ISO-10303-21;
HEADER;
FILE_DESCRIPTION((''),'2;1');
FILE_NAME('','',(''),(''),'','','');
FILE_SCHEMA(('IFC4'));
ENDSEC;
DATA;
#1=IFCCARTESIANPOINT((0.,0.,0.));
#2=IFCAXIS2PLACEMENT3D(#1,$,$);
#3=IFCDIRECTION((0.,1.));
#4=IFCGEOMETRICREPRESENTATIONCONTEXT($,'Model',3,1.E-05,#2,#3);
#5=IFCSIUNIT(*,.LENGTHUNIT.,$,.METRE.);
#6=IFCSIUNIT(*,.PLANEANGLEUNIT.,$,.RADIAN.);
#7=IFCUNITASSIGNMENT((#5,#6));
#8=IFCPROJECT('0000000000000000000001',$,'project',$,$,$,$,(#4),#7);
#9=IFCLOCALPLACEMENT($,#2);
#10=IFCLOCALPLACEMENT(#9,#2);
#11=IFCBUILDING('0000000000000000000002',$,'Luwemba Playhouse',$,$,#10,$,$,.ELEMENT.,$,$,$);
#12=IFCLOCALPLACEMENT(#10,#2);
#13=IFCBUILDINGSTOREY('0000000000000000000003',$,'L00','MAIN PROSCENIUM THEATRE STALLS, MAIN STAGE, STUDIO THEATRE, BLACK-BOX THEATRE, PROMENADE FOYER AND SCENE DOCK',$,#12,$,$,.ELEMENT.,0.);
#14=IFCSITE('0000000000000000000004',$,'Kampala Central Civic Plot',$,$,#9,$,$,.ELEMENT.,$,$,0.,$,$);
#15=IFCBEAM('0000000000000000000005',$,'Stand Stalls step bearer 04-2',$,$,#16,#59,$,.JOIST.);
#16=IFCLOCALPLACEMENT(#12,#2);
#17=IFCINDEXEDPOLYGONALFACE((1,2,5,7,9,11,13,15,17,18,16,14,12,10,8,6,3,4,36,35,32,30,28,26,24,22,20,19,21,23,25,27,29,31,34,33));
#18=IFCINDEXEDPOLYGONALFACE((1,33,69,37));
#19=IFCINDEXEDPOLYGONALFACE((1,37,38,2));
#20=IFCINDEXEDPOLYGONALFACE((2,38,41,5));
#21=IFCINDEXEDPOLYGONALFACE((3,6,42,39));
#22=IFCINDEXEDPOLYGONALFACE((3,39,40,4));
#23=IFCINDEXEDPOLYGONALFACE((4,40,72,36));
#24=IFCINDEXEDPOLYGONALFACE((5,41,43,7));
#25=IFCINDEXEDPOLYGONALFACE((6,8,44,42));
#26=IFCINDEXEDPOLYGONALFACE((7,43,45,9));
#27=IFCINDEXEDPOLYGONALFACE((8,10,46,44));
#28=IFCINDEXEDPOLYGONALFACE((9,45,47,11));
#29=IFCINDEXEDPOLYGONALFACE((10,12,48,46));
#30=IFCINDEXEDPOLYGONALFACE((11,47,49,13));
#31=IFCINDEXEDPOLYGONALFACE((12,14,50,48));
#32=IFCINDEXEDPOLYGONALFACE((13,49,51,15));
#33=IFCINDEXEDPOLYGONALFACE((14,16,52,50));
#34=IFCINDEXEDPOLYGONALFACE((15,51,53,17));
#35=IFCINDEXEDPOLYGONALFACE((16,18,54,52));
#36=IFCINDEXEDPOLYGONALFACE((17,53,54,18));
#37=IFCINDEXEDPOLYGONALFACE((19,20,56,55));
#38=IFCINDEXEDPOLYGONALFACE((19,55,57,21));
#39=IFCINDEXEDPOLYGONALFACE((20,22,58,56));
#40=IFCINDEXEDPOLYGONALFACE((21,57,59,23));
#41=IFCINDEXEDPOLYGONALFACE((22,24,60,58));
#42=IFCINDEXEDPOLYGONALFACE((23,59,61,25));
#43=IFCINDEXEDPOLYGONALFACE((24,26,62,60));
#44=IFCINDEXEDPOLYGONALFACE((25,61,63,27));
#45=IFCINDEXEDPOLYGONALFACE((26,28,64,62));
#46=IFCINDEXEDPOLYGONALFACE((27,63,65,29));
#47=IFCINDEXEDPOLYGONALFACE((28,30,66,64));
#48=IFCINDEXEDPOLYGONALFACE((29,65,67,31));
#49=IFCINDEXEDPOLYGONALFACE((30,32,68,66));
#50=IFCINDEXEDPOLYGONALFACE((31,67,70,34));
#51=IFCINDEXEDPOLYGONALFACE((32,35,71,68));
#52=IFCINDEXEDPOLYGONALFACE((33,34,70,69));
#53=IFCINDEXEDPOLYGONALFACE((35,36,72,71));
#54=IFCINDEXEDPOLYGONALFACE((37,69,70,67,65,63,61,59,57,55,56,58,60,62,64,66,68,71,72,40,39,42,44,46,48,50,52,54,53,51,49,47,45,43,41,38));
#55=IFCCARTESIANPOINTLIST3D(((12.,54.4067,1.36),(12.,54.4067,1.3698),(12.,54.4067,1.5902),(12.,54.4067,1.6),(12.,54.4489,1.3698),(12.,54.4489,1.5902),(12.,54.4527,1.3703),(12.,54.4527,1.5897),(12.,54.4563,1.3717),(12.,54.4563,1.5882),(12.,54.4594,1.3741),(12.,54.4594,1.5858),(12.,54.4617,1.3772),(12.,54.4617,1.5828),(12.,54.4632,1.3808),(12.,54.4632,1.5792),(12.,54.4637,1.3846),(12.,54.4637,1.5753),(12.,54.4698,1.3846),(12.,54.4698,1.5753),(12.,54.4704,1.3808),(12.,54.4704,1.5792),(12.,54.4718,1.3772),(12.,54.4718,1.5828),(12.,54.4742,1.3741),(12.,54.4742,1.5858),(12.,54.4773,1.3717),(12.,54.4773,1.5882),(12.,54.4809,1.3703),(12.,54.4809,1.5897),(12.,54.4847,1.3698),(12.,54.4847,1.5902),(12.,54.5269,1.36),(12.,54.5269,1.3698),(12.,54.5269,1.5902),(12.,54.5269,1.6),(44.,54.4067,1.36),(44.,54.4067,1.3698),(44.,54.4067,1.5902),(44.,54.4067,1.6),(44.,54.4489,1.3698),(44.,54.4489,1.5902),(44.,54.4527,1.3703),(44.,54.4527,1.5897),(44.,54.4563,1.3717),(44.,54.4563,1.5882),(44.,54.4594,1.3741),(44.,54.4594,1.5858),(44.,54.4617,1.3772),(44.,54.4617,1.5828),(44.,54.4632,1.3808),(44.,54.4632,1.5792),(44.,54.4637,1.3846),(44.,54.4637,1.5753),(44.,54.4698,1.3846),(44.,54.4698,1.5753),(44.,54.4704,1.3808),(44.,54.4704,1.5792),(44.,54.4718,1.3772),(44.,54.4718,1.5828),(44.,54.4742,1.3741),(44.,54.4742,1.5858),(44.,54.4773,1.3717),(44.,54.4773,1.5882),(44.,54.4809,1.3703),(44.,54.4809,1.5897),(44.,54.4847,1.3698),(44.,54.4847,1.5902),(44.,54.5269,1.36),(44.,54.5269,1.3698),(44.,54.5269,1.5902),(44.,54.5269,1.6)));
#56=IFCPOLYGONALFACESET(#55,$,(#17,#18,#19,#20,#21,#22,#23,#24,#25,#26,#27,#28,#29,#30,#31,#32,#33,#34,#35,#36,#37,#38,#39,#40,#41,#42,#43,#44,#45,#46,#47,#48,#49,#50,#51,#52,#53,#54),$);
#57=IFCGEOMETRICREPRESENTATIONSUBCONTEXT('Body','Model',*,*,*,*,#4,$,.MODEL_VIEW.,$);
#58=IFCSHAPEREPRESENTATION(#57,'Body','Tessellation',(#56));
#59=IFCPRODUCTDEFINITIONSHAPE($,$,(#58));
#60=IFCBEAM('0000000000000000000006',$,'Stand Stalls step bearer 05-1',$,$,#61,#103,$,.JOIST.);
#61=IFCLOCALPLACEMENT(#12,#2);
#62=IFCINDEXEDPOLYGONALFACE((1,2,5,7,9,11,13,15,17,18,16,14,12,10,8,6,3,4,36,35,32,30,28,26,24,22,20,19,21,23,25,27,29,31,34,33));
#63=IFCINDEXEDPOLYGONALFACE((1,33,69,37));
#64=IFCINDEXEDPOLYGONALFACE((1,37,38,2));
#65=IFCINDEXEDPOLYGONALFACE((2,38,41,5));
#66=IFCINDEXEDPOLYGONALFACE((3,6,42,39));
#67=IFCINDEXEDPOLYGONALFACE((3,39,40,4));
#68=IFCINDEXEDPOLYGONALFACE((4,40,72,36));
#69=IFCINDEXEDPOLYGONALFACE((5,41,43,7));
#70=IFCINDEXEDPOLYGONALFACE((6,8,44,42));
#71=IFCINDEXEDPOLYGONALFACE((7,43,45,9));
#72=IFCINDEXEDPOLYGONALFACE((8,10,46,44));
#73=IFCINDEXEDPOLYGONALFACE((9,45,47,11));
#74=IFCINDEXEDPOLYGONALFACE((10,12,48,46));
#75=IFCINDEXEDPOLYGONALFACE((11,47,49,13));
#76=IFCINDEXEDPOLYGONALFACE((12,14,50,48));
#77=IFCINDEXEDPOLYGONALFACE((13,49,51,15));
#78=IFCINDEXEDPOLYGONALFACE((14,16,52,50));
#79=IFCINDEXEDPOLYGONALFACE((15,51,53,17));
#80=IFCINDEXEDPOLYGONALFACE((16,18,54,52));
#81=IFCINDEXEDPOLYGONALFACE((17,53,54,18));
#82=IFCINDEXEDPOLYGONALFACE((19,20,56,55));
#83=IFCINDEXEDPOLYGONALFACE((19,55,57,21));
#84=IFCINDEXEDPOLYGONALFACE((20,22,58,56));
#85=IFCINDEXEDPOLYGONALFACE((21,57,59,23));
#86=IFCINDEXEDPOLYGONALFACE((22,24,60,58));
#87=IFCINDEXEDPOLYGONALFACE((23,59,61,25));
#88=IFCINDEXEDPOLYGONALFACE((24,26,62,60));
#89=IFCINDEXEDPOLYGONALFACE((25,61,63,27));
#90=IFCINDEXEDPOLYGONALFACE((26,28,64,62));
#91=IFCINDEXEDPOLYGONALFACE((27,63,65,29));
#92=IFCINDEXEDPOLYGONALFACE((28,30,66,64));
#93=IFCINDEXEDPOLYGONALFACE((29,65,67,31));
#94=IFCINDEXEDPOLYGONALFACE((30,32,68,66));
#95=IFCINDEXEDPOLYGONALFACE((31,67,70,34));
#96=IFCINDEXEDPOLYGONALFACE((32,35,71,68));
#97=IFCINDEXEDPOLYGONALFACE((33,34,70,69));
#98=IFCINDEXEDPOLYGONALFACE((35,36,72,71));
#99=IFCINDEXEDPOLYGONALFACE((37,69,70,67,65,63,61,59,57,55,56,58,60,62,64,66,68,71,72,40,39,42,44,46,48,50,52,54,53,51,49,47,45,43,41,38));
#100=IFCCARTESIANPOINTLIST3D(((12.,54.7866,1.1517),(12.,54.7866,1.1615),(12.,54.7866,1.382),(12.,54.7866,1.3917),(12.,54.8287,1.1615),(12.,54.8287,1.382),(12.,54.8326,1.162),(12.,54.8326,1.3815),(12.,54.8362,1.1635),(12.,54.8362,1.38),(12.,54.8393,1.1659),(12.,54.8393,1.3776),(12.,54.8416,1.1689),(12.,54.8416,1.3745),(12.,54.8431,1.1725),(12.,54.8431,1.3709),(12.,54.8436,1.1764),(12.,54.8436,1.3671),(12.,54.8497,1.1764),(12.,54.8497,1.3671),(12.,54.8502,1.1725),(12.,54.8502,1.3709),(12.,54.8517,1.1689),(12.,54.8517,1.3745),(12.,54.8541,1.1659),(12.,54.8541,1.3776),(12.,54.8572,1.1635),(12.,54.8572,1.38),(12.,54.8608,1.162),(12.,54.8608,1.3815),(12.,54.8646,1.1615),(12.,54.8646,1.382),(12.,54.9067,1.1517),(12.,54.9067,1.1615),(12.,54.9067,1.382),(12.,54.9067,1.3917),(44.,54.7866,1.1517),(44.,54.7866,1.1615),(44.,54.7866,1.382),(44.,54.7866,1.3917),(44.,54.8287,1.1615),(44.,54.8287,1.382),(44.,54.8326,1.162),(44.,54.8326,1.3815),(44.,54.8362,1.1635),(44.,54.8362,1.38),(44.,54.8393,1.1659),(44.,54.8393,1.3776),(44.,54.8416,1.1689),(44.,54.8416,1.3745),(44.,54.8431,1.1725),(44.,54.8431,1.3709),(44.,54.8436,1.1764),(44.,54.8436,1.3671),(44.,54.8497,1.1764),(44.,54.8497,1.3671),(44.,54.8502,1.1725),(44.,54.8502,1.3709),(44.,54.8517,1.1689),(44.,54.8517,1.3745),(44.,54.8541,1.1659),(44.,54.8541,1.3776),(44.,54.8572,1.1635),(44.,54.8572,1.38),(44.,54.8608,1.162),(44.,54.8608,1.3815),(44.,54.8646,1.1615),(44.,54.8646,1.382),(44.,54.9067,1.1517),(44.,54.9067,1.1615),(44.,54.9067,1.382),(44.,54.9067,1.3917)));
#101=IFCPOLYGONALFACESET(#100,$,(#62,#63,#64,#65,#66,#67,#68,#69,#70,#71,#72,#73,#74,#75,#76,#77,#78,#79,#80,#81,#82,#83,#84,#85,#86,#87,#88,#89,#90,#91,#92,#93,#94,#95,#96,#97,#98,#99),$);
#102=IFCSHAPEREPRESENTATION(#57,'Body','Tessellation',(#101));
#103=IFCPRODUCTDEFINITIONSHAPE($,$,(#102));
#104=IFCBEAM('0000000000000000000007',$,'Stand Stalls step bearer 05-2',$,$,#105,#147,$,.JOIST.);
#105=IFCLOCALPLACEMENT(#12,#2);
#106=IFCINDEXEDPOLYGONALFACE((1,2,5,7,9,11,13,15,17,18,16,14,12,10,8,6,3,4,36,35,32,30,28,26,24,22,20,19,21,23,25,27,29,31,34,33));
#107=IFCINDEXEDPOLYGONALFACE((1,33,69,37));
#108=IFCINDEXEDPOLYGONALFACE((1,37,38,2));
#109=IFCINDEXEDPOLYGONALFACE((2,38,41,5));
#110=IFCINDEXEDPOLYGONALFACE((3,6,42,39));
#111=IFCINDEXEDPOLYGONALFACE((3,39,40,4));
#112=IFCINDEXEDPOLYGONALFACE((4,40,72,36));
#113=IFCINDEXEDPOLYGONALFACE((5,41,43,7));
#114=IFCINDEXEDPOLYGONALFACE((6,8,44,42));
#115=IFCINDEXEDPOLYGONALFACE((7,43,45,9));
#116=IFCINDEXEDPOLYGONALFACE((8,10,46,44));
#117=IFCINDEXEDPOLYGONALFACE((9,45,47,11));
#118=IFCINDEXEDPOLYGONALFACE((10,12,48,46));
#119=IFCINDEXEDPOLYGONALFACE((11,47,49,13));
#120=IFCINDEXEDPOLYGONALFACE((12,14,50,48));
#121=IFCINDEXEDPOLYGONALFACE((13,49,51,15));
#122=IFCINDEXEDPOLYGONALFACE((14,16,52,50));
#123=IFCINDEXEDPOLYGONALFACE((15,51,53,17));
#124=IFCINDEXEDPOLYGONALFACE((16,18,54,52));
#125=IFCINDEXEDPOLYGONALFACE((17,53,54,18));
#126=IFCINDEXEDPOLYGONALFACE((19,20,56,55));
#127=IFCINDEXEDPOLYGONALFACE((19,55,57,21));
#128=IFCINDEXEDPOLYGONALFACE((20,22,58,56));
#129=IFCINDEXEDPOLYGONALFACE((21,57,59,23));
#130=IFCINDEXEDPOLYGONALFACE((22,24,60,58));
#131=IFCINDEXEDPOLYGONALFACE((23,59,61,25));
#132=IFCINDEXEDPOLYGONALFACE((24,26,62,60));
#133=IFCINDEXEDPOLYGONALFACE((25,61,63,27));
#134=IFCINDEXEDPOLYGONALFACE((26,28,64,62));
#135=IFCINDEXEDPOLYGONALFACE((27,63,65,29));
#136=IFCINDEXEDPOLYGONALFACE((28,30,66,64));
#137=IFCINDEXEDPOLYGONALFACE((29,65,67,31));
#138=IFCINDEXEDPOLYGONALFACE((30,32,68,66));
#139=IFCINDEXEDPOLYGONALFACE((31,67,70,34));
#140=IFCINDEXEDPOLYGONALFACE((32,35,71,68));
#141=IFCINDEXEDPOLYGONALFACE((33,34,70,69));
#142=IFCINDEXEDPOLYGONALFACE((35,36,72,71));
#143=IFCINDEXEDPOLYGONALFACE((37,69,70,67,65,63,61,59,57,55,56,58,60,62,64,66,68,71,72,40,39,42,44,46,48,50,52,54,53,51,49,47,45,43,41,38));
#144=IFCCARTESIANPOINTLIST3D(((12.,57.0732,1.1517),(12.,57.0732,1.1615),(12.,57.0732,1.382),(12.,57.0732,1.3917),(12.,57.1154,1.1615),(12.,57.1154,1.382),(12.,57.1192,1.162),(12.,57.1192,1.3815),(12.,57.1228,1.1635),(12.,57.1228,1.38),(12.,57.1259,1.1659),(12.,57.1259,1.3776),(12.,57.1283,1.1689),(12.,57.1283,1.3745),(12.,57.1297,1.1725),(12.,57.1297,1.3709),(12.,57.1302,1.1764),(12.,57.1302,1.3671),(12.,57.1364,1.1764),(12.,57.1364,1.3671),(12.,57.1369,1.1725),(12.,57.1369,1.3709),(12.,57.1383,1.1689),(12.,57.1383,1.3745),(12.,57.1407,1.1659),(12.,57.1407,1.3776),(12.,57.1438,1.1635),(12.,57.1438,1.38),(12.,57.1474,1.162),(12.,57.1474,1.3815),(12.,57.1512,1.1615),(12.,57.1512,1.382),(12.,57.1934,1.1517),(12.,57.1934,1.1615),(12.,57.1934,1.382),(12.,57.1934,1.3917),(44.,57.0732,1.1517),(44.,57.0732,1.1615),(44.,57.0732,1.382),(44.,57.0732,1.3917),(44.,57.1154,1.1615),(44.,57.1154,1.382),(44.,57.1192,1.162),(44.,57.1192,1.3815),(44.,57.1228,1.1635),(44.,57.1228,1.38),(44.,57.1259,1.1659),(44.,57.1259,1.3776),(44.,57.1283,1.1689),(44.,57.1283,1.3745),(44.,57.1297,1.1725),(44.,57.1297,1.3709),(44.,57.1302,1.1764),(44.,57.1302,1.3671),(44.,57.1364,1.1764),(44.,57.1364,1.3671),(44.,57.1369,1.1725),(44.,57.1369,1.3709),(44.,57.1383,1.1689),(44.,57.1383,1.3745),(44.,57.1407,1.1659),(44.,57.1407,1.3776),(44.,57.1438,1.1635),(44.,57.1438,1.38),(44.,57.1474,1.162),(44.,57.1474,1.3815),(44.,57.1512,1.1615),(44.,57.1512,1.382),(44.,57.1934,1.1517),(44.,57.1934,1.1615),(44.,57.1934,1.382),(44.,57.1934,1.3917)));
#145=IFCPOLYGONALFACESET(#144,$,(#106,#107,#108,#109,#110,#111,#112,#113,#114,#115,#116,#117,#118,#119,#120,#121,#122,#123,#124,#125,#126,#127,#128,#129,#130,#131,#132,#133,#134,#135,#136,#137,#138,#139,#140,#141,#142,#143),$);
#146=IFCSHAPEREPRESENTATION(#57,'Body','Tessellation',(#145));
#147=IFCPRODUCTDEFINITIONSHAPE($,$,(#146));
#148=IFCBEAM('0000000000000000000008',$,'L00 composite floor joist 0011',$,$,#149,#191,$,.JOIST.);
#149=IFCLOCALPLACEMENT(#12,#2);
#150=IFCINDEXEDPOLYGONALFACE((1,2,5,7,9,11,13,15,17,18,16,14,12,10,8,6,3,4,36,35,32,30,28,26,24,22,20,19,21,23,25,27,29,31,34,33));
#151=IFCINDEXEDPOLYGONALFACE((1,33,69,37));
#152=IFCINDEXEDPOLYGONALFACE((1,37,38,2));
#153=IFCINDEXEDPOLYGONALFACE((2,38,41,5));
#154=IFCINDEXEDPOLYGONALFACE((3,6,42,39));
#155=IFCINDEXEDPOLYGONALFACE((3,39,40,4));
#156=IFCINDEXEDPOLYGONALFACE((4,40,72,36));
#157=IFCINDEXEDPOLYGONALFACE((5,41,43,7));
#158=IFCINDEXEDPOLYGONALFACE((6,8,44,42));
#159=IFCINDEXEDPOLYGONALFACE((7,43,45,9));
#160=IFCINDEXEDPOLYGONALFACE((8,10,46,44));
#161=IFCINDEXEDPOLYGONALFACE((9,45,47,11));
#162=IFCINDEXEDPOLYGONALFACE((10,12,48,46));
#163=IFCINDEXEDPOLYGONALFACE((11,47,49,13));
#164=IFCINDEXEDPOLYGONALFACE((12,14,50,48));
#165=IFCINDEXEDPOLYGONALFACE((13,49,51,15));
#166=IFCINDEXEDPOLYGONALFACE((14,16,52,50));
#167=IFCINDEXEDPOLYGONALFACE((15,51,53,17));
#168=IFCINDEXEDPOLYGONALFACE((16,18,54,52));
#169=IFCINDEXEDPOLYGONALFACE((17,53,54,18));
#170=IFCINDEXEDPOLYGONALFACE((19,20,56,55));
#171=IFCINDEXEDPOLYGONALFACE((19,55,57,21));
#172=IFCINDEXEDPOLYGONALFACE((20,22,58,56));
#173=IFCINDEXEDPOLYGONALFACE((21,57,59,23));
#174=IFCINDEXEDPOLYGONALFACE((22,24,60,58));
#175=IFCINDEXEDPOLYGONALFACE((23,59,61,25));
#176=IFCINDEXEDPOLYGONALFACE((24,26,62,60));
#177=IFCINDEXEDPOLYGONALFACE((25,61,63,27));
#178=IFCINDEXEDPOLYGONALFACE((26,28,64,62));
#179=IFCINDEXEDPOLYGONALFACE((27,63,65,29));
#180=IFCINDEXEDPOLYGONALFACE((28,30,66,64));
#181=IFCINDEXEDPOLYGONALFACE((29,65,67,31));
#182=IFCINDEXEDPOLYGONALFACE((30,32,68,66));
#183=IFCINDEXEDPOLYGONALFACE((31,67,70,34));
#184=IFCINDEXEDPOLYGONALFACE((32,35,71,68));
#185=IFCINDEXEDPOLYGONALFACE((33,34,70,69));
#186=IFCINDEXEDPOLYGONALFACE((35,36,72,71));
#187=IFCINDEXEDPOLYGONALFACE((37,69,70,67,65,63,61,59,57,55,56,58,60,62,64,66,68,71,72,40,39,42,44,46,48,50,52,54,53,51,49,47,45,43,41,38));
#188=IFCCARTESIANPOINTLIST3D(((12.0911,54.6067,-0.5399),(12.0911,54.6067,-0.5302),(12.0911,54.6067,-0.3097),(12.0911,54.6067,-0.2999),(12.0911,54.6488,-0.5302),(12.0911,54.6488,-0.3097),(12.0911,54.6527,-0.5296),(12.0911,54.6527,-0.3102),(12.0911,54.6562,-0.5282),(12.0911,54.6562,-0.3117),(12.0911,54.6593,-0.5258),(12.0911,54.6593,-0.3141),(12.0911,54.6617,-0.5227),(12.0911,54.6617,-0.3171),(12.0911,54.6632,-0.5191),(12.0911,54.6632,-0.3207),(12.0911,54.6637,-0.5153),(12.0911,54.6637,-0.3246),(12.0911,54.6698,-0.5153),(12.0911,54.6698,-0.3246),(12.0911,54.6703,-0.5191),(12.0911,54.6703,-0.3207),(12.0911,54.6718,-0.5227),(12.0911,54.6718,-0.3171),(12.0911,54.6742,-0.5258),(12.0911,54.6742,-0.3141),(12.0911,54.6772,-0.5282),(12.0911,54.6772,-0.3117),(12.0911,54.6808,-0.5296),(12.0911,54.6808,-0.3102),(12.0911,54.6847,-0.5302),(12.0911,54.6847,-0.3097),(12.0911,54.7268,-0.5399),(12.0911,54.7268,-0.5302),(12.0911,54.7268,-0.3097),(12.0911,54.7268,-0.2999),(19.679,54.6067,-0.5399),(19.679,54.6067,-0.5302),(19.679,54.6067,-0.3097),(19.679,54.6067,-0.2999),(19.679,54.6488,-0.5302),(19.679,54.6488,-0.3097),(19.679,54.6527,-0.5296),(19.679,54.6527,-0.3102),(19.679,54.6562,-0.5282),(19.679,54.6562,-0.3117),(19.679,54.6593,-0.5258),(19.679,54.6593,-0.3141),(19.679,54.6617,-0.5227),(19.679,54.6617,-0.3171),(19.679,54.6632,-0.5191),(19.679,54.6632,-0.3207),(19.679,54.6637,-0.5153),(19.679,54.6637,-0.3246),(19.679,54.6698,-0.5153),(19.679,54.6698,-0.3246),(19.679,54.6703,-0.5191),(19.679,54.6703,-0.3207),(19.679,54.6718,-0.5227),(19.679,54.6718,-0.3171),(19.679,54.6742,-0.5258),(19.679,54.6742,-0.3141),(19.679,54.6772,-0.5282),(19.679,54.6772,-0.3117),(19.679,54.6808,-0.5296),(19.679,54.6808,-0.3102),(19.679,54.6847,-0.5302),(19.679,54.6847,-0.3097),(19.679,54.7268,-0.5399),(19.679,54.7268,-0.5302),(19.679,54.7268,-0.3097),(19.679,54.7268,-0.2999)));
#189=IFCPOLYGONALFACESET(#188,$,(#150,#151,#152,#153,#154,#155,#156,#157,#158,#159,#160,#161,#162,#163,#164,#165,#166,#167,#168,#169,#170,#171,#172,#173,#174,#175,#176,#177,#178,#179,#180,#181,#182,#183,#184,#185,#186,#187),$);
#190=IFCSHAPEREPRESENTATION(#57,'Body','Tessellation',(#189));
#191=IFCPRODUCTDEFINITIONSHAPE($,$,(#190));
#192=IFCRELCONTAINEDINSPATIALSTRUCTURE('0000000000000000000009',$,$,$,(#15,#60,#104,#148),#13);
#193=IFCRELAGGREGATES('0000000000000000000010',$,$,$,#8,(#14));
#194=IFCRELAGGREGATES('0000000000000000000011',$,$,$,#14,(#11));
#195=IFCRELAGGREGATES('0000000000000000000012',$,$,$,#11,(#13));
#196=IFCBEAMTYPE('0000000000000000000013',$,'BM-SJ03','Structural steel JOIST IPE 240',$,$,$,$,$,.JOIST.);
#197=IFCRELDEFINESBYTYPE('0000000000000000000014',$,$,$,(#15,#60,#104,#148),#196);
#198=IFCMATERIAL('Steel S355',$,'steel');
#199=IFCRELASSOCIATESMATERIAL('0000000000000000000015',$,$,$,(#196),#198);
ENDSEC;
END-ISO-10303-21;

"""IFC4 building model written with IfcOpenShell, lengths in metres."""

from ifc_helpers import new_model, si_unit, direction, frame, origin, origin_2d, place, context, subcontext, project, spatial, i_section, extrude, material, material_profile, profile_set, type_object, element, save


model = new_model("IFC4")

# Units and contexts
model_context = context("Model", 3, precision=1e-05, world=origin(), true_north=direction((0.0, 1.0)))
body_context = subcontext(model_context, "Body", "Model", "MODEL_VIEW")
ifc_project = project(units=[si_unit("LENGTHUNIT", "METRE"), si_unit("PLANEANGLEUNIT", "RADIAN")], contexts=[model_context])

# Site, building, storey
site_placement = place(None, origin())
site = spatial("IfcSite", under=ifc_project, at=site_placement, Name="Kampala Central Civic Plot", CompositionType="ELEMENT", RefElevation=0.0)
building_placement = place(site_placement, origin())
building = spatial("IfcBuilding", under=site, at=building_placement, Name="Luwemba Playhouse", CompositionType="ELEMENT")
storey_placement = place(building_placement, origin())
storey = spatial("IfcBuildingStorey", under=building, at=storey_placement, Name="L00", Description="MAIN PROSCENIUM THEATRE STALLS, MAIN STAGE, STUDIO THEATRE, BLACK-BOX THEATRE, PROMENADE FOYER AND SCENE DOCK", CompositionType="ELEMENT", Elevation=0.0)

# Beams
ifc_material_1 = material(Name="Steel S355", Category="steel")
ifc_material_profile_1 = material_profile(ifc_material_1, i_section(OverallWidth=0.1201, OverallDepth=0.24, WebThickness=0.0061, FlangeThickness=0.0098, FilletRadius=0.0149, at=origin_2d()))
ifc_profile_set_1 = profile_set([ifc_material_profile_1], Name="Steel S355")
beam_type_1 = type_object("IfcBeamType", Name="BM-SJ03", Description="Structural steel JOIST IPE 240", PredefinedType="JOIST", material=ifc_profile_set_1)
for number, where, z_axis, x_axis, name in (
    (1, (12.0, 54.4668, 1.48), (1.0, 0.0, 0.0), (0.0, 1.0, 0.0), "Stand Stalls step bearer 04-2"),
    (2, (12.0, 54.8467, 1.2717), (1.0, 0.0, 0.0), (0.0, 1.0, 0.0), "Stand Stalls step bearer 05-1"),
    (3, (12.0, 57.1333, 1.2717), (1.0, 0.0, 0.0), (0.0, 1.0, 0.0), "Stand Stalls step bearer 05-2"),
):
    element("IfcBeam", number, at=place(storey_placement, frame(where, z_axis=z_axis, x_axis=x_axis)), inside=storey, type_object=beam_type_1, Name=name, PredefinedType="JOIST", context=body_context, shape_type="SweptSolid", body=[
        extrude(i_section(OverallWidth=0.1201, OverallDepth=0.24, WebThickness=0.0061, FlangeThickness=0.0098, FilletRadius=0.0149, at=origin_2d()), origin(), (0.0, 0.0, 1.0), 32.0),
    ])
beam_1_placement = place(storey_placement, frame((12.0911, 54.6667, -0.4199), z_axis=(1.0, 0.0, 0.0), x_axis=(0.0, 1.0, 0.0)))
element("IfcBeam", 4, at=beam_1_placement, inside=storey, type_object=beam_type_1, Name="L00 composite floor joist 0011", PredefinedType="JOIST", context=body_context, shape_type="SweptSolid", body=[
    extrude(i_section(OverallWidth=0.1201, OverallDepth=0.24, WebThickness=0.0061, FlangeThickness=0.0098, FilletRadius=0.0149, at=origin_2d()), origin(), (0.0, 0.0, 1.0), 7.5879),
])

save(model, "model.ifc")
